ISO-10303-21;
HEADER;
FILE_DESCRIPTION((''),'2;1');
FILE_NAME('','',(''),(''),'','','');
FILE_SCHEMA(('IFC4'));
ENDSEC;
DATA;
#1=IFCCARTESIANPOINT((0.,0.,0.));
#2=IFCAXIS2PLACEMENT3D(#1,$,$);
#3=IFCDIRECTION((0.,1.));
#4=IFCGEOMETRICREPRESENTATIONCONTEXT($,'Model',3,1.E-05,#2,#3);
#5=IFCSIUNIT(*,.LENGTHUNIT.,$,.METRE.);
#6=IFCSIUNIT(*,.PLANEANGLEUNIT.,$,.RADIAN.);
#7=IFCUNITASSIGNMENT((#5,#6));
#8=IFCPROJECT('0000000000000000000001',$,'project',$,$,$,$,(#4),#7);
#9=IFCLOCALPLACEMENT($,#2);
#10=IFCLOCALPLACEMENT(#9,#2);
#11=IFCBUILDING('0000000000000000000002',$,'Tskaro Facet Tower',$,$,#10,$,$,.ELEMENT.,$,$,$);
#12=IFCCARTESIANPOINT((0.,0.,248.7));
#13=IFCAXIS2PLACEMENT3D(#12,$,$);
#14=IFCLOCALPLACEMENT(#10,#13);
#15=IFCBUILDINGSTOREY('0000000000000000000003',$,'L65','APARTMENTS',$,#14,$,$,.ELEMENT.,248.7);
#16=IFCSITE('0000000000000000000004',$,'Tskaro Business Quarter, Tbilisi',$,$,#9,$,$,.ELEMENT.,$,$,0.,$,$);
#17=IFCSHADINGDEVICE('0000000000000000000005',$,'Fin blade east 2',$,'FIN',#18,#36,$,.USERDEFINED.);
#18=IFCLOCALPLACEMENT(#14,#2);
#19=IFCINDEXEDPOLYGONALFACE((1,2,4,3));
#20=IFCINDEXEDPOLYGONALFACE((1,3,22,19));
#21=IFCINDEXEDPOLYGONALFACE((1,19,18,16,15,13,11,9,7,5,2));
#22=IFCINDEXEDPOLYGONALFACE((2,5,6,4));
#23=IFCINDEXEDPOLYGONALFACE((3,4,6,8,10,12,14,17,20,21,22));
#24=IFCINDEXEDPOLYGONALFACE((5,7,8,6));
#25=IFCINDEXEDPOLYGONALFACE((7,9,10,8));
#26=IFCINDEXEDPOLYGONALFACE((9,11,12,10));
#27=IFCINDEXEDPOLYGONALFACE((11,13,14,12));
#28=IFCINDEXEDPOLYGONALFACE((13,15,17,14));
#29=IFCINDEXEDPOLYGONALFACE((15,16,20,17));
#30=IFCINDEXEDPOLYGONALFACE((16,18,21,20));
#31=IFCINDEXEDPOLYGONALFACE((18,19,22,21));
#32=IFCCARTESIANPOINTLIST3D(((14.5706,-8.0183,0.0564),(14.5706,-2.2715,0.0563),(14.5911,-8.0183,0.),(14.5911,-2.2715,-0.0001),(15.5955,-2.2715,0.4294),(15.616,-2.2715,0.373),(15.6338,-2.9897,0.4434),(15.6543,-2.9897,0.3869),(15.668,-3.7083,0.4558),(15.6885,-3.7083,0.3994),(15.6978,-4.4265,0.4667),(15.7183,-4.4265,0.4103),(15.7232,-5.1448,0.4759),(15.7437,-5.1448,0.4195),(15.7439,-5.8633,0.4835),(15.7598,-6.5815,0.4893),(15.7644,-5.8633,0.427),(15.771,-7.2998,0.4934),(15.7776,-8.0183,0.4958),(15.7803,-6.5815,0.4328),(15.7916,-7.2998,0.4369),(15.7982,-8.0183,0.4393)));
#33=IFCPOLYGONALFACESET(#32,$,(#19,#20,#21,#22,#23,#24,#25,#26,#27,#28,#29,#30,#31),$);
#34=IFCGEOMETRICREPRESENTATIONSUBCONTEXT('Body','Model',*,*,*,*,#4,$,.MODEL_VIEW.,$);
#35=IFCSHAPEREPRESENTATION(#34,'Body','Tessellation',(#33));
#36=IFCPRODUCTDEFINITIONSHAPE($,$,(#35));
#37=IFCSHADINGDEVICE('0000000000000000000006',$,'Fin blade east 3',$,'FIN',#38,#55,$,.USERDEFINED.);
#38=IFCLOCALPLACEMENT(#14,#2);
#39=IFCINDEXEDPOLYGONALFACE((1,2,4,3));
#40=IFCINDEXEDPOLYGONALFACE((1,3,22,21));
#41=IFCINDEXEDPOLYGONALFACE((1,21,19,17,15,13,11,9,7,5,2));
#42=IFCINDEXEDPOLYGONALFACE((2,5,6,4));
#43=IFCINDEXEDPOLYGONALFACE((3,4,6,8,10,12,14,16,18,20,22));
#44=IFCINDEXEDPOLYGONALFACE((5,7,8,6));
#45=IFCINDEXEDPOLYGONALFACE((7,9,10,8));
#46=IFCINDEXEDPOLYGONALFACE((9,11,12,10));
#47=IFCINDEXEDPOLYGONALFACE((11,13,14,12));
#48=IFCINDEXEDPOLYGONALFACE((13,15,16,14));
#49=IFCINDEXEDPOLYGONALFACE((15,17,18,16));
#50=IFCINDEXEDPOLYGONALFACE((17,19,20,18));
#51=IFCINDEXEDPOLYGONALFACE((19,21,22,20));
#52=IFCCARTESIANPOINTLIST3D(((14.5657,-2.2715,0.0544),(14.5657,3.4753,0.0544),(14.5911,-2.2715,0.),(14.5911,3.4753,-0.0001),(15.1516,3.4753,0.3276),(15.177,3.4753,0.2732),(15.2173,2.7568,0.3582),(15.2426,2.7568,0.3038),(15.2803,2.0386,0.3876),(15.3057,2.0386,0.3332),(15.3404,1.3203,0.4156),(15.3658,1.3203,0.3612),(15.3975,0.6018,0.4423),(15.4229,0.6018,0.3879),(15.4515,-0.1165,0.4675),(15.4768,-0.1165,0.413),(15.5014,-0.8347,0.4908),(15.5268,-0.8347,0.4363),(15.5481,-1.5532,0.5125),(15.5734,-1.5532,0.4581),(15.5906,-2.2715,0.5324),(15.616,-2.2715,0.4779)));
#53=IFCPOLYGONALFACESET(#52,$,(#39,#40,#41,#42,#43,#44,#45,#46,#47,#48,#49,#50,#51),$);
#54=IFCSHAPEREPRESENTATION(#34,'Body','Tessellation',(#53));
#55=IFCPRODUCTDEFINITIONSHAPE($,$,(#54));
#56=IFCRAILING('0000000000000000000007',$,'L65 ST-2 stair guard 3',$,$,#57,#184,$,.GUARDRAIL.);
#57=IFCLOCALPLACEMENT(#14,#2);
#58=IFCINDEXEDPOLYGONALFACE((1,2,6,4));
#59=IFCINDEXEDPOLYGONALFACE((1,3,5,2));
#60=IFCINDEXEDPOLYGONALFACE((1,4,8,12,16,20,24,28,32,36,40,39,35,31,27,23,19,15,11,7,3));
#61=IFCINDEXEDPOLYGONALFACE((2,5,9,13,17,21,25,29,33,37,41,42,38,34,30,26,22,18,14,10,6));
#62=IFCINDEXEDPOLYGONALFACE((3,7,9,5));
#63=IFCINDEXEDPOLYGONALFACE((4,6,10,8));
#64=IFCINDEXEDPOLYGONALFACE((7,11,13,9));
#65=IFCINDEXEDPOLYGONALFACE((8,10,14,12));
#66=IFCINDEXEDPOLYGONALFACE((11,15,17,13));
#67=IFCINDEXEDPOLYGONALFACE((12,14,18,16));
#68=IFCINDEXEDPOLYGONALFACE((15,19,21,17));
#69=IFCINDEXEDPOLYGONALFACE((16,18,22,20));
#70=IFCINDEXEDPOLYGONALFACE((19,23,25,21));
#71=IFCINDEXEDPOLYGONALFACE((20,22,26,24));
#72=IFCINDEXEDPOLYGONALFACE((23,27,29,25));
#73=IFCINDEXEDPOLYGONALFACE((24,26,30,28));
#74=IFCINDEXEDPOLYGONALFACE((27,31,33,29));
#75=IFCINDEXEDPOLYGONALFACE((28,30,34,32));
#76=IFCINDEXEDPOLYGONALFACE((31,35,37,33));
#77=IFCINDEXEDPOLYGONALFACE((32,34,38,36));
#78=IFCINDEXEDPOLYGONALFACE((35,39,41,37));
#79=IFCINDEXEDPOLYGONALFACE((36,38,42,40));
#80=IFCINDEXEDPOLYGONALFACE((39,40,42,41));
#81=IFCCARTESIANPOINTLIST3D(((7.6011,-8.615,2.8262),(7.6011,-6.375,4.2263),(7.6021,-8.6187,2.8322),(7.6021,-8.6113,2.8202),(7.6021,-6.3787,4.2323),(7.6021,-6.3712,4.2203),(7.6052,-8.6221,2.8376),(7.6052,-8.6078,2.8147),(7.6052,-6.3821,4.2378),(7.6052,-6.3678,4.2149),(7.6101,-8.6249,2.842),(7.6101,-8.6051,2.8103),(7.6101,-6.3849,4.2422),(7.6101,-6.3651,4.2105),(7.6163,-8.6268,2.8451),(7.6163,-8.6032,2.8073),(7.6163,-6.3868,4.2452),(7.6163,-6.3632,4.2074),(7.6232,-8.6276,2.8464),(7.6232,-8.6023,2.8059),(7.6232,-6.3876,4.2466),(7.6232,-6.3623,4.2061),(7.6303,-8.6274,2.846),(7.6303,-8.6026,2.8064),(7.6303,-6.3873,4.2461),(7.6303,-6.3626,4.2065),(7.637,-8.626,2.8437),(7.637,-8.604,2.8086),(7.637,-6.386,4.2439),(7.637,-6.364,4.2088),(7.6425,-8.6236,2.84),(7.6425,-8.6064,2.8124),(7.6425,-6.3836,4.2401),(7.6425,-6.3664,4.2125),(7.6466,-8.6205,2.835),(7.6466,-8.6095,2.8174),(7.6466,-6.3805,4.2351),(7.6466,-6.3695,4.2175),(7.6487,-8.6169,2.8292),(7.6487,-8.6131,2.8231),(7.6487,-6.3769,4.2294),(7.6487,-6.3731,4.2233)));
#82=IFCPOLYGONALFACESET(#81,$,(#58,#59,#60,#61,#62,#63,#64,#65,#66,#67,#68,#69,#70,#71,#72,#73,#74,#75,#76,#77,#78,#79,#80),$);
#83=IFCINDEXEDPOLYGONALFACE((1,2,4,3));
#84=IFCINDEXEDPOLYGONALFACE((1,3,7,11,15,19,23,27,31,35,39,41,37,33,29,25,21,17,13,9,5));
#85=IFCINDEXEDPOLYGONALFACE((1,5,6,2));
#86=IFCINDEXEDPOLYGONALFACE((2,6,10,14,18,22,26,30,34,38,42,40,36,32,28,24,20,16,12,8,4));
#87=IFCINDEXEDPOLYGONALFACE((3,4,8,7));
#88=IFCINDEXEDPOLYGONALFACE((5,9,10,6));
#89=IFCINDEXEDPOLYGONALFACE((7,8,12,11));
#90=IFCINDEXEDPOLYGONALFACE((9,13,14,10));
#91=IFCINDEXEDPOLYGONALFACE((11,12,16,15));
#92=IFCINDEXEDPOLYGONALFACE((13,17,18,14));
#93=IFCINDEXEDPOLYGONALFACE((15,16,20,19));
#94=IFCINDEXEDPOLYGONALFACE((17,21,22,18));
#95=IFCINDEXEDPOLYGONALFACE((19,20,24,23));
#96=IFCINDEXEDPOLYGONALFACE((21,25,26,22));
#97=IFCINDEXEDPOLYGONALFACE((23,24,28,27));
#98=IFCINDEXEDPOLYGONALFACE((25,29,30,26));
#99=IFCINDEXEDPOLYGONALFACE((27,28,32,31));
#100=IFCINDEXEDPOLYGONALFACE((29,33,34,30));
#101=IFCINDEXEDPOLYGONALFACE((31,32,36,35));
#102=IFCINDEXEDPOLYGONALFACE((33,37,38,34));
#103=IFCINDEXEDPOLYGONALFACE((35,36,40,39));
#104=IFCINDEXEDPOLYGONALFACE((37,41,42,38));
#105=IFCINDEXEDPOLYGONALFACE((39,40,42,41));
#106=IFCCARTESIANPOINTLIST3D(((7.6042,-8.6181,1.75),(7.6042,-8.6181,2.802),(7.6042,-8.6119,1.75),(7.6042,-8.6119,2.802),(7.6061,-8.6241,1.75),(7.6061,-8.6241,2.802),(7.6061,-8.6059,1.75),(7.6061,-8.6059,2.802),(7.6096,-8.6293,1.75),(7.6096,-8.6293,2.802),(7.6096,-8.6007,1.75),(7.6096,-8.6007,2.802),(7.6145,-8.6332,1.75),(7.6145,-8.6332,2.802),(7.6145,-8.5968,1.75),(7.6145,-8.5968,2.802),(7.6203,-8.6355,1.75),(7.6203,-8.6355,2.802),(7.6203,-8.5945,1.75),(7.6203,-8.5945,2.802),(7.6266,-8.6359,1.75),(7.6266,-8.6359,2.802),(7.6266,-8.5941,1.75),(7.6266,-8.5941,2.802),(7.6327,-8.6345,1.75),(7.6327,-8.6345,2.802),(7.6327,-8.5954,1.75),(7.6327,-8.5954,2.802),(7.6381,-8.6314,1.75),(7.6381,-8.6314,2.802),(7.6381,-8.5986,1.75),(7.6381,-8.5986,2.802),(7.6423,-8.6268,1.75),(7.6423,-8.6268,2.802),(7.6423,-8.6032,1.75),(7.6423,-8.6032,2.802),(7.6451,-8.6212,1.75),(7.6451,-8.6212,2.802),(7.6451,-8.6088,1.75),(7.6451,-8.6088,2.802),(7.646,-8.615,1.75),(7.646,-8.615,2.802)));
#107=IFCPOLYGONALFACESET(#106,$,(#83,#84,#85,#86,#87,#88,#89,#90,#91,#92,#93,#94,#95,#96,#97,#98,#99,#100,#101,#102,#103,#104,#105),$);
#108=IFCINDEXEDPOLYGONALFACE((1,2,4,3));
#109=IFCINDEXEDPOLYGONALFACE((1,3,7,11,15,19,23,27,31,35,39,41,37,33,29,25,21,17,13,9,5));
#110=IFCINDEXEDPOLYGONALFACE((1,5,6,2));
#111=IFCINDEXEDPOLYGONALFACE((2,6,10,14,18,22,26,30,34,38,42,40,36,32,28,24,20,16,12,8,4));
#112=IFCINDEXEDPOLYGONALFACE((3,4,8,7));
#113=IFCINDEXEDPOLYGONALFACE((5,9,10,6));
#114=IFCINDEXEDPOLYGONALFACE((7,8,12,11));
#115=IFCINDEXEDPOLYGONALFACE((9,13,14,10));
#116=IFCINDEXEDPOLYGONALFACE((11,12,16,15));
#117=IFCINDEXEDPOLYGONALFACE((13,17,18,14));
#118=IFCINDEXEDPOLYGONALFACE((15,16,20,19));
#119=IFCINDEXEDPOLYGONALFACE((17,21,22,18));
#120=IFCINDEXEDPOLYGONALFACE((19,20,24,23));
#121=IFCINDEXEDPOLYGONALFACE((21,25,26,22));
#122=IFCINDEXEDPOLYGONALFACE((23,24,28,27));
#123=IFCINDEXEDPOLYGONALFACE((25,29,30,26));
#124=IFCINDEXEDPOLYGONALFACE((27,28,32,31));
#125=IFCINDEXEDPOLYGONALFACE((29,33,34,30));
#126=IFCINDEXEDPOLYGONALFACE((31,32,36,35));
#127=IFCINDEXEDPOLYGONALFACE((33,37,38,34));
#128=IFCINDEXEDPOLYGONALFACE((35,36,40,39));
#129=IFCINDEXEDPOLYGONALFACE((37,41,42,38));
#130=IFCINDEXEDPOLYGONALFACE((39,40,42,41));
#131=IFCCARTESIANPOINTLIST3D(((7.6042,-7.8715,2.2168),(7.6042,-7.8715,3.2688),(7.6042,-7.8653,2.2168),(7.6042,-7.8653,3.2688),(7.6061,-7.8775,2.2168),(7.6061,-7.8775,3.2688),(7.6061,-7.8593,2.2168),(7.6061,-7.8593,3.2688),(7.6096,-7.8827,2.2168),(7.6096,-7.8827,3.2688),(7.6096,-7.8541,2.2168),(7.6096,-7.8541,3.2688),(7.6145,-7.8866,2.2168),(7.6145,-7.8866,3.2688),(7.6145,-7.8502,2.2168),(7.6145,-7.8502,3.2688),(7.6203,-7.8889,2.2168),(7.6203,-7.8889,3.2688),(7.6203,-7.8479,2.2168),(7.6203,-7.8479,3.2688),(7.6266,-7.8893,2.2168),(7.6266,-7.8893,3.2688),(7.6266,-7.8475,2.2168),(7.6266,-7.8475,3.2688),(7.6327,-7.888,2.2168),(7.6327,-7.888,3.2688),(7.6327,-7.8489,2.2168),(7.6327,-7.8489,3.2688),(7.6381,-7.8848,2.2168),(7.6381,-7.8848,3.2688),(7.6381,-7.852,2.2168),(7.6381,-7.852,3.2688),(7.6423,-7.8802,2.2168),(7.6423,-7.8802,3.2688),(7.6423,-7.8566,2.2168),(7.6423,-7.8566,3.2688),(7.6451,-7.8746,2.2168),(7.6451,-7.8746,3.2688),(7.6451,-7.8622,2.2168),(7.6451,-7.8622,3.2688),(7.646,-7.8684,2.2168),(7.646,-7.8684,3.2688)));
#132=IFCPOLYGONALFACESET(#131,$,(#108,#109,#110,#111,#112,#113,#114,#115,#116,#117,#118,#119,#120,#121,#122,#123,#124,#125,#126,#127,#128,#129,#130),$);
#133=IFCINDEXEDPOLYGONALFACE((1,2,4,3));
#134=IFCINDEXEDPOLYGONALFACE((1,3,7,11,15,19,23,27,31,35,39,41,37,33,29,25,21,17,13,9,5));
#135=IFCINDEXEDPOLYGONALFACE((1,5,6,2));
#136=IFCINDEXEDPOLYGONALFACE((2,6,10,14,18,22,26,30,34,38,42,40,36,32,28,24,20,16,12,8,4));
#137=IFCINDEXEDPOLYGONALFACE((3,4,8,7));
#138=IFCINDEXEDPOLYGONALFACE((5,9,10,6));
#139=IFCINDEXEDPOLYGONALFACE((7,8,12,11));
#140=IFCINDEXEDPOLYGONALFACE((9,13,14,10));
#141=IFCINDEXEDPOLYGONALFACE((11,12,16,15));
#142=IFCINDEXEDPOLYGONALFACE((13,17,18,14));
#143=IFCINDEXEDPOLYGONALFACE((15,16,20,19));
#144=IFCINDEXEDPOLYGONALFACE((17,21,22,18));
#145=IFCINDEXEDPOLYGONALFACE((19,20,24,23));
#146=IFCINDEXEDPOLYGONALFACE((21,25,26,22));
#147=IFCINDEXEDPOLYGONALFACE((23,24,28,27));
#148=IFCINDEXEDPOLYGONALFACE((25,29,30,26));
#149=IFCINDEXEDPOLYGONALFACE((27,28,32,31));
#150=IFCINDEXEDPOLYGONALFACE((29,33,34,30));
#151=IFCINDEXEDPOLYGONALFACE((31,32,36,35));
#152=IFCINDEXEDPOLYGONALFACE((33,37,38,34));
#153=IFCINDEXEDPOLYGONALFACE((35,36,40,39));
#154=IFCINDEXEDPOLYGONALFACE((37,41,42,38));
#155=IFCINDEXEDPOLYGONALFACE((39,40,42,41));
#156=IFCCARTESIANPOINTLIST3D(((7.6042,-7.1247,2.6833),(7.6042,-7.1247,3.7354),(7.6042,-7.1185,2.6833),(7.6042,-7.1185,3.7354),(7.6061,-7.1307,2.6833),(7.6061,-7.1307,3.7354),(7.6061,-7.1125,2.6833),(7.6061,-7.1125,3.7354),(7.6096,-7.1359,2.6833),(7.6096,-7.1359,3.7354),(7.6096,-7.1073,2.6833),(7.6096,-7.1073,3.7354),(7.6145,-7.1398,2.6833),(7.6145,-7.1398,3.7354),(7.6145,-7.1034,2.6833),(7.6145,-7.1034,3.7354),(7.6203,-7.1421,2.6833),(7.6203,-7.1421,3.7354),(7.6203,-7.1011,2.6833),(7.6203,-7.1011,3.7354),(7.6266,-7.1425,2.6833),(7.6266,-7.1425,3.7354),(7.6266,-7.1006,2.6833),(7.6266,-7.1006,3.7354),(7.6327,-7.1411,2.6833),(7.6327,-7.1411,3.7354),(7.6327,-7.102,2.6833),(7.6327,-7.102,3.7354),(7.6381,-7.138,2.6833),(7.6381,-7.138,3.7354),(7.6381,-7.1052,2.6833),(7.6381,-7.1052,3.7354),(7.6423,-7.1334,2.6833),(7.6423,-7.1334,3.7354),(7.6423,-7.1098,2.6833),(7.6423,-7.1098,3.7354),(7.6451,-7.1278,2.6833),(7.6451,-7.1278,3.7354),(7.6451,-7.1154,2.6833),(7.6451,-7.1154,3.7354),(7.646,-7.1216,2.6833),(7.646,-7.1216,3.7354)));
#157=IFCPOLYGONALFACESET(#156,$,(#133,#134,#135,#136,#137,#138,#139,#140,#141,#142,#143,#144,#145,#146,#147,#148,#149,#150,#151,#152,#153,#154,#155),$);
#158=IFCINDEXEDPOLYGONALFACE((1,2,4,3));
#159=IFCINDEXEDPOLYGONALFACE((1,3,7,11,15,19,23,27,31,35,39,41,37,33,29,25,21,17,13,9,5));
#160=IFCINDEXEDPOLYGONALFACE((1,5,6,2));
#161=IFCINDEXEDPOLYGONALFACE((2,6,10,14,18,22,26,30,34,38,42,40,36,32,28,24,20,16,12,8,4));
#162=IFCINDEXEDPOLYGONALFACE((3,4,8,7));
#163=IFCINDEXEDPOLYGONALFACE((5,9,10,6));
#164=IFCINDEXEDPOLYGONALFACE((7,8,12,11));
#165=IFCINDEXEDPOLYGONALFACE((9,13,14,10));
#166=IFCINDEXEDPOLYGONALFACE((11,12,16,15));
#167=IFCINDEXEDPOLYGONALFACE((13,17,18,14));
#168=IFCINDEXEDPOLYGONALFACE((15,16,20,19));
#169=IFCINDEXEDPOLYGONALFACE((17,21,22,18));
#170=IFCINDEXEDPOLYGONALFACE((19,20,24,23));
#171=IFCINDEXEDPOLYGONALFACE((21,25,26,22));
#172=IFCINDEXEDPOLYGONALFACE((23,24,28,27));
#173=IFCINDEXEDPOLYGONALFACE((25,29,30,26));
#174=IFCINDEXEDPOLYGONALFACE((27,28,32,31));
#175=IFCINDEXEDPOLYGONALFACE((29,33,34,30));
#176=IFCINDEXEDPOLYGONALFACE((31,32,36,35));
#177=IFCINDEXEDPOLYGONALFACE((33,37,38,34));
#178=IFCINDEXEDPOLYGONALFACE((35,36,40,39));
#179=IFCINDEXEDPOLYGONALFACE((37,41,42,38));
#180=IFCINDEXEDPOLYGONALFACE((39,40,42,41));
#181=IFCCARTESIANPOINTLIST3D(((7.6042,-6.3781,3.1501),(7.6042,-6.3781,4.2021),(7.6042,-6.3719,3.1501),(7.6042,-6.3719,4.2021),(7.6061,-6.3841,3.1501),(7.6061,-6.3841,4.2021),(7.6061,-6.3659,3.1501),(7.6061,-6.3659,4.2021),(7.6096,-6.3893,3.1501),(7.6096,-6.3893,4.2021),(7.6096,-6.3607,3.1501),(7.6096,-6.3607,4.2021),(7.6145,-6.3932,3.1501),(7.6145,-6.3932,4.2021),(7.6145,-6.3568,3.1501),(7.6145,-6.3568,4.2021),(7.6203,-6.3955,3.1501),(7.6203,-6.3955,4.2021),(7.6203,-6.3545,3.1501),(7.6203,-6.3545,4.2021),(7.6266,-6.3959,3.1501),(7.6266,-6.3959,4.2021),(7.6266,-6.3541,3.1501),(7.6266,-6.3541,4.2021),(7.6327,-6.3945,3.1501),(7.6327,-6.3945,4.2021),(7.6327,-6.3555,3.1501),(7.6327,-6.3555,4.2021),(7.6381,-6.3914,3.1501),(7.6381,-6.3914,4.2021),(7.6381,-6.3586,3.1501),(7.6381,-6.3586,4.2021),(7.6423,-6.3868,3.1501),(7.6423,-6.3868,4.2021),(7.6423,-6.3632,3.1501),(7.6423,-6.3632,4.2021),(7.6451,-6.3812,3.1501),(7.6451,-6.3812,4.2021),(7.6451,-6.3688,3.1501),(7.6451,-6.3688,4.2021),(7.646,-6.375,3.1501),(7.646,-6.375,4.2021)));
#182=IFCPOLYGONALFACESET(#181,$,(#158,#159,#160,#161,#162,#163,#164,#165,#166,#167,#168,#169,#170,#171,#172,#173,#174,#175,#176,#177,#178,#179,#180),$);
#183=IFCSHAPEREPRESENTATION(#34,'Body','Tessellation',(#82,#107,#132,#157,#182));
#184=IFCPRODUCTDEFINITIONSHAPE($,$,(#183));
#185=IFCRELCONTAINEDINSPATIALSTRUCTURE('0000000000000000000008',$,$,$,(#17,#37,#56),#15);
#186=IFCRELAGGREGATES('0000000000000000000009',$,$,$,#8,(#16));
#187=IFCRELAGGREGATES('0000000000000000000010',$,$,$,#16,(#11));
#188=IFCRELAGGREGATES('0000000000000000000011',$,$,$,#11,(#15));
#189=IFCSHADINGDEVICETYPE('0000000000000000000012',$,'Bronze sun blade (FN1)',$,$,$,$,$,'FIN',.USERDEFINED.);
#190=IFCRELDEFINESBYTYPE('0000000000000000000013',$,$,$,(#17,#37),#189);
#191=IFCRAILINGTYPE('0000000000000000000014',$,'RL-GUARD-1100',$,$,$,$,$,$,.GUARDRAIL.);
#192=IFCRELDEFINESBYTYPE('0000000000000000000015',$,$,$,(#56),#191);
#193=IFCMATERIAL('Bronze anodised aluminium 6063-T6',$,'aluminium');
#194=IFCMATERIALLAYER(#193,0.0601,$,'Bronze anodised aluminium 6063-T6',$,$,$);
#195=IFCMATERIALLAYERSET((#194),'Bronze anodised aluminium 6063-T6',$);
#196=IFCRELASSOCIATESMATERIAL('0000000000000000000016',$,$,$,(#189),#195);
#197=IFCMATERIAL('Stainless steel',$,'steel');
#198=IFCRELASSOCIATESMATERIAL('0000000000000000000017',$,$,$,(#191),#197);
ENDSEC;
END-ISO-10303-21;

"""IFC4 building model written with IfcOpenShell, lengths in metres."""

from ifc_helpers import new_model, si_unit, direction, frame, origin, origin_2d, place, context, subcontext, project, spatial, polyline, circle, outline, extrude, material, layer, layer_set, type_object, element, save


model = new_model("IFC4")

# Units and contexts
model_context = context("Model", 3, precision=1e-05, world=origin(), true_north=direction((0.0, 1.0)))
body_context = subcontext(model_context, "Body", "Model", "MODEL_VIEW")
ifc_project = project(units=[si_unit("LENGTHUNIT", "METRE"), si_unit("PLANEANGLEUNIT", "RADIAN")], contexts=[model_context])

# Site, building, storey
site_placement = place(None, origin())
site = spatial("IfcSite", under=ifc_project, at=site_placement, Name="Tskaro Business Quarter, Tbilisi", CompositionType="ELEMENT", RefElevation=0.0)
building_placement = place(site_placement, origin())
building = spatial("IfcBuilding", under=site, at=building_placement, Name="Tskaro Facet Tower", CompositionType="ELEMENT")
storey_placement = place(building_placement, frame((0.0, 0.0, 248.7)))
storey = spatial("IfcBuildingStorey", under=building, at=storey_placement, Name="L65", Description="APARTMENTS", CompositionType="ELEMENT", Elevation=248.7)

# Shared definitions
ifc_material_1 = material(Name="Bronze anodised aluminium 6063-T6", Category="aluminium")

# Shading devices
ifc_layer_1 = layer(ifc_material_1, 0.0601, Name="Bronze anodised aluminium 6063-T6")
ifc_layer_set_1 = layer_set([ifc_layer_1], Name="Bronze anodised aluminium 6063-T6")
shading_device_type = type_object("IfcShadingDeviceType", Name="Bronze sun blade (FN1)", ElementType="FIN", PredefinedType="USERDEFINED", material=ifc_layer_set_1)
shading_device_1_placement = place(storey_placement, frame((14.5706, -8.0183, 0.0564), z_axis=(-0.342056, 0.000009, 0.93968), x_axis=(0.000003, 1.0, -0.000009)))
element("IfcShadingDevice", 1, at=shading_device_1_placement, inside=storey, type_object=shading_device_type, Name="Fin blade east 2", ObjectType="FIN", PredefinedType="USERDEFINED", context=body_context, shape_type="SweptSolid", body=[
    extrude(outline(polyline([(0.0, 0.0), (5.7468, 0.0), (5.7468, -1.0907), (5.0286, -1.1315), (4.3101, -1.1678), (3.5918, -1.1996), (2.8735, -1.2266), (2.155, -1.2486), (1.4368, -1.2655), (0.7185, -1.2775), (0.0, -1.2845), (0.0, 0.0)])), origin(), (0.0, 0.0, -1.0), 0.0601),
])
shading_device_2_placement = place(storey_placement, frame((14.5657, -2.2715, 0.0544), z_axis=(-0.422614, 0.000013, 0.90631), x_axis=(0.000005, 1.0, -0.000012)))
element("IfcShadingDevice", 2, at=shading_device_2_placement, inside=storey, type_object=shading_device_type, Name="Fin blade east 3", ObjectType="FIN", PredefinedType="USERDEFINED", context=body_context, shape_type="SweptSolid", body=[
    extrude(outline(polyline([(0.0, 0.0), (5.7468, 0.0), (5.7468, -0.6465), (5.0283, -0.7189), (4.3101, -0.7885), (3.5918, -0.8548), (2.8733, -0.9178), (2.155, -0.9773), (1.4368, -1.0325), (0.7183, -1.0839), (0.0, -1.1309), (0.0, 0.0)])), origin(), (0.0, 0.0, -1.0), 0.0601),
])

# Railing
ifc_material_2 = material(Name="Stainless steel", Category="steel")
railing_type_1 = type_object("IfcRailingType", Name="RL-GUARD-1100", PredefinedType="GUARDRAIL", material=ifc_material_2)
railing_1_placement = place(storey_placement, frame((7.625, -8.615, 1.75)))
element("IfcRailing", 3, at=railing_1_placement, inside=storey, type_object=railing_type_1, Name="L65 ST-2 stair guard 3", PredefinedType="GUARDRAIL", context=body_context, shape_type="SweptSolid", body=[
    extrude(circle(Radius=0.0239, at=origin_2d()), frame((0.0, 0.0, 1.0762), z_axis=(0.0, 0.847972, 0.53004), x_axis=(-1.0, 0.0, 0.0)), (0.0, 0.0, 1.0), 2.6416),
    extrude(circle(Radius=0.021, at=origin_2d()), origin(), (0.0, 0.0, 1.0), 1.052),
    extrude(circle(Radius=0.021, at=origin_2d()), frame((0.0, 0.7466, 0.4668)), (0.0, 0.0, 1.0), 1.052),
    extrude(circle(Radius=0.021, at=origin_2d()), frame((0.0, 1.4934, 0.9333)), (0.0, 0.0, 1.0), 1.052),
    extrude(circle(Radius=0.021, at=origin_2d()), frame((0.0, 2.24, 1.4001)), (0.0, 0.0, 1.0), 1.052),
])

save(model, "model.ifc")
